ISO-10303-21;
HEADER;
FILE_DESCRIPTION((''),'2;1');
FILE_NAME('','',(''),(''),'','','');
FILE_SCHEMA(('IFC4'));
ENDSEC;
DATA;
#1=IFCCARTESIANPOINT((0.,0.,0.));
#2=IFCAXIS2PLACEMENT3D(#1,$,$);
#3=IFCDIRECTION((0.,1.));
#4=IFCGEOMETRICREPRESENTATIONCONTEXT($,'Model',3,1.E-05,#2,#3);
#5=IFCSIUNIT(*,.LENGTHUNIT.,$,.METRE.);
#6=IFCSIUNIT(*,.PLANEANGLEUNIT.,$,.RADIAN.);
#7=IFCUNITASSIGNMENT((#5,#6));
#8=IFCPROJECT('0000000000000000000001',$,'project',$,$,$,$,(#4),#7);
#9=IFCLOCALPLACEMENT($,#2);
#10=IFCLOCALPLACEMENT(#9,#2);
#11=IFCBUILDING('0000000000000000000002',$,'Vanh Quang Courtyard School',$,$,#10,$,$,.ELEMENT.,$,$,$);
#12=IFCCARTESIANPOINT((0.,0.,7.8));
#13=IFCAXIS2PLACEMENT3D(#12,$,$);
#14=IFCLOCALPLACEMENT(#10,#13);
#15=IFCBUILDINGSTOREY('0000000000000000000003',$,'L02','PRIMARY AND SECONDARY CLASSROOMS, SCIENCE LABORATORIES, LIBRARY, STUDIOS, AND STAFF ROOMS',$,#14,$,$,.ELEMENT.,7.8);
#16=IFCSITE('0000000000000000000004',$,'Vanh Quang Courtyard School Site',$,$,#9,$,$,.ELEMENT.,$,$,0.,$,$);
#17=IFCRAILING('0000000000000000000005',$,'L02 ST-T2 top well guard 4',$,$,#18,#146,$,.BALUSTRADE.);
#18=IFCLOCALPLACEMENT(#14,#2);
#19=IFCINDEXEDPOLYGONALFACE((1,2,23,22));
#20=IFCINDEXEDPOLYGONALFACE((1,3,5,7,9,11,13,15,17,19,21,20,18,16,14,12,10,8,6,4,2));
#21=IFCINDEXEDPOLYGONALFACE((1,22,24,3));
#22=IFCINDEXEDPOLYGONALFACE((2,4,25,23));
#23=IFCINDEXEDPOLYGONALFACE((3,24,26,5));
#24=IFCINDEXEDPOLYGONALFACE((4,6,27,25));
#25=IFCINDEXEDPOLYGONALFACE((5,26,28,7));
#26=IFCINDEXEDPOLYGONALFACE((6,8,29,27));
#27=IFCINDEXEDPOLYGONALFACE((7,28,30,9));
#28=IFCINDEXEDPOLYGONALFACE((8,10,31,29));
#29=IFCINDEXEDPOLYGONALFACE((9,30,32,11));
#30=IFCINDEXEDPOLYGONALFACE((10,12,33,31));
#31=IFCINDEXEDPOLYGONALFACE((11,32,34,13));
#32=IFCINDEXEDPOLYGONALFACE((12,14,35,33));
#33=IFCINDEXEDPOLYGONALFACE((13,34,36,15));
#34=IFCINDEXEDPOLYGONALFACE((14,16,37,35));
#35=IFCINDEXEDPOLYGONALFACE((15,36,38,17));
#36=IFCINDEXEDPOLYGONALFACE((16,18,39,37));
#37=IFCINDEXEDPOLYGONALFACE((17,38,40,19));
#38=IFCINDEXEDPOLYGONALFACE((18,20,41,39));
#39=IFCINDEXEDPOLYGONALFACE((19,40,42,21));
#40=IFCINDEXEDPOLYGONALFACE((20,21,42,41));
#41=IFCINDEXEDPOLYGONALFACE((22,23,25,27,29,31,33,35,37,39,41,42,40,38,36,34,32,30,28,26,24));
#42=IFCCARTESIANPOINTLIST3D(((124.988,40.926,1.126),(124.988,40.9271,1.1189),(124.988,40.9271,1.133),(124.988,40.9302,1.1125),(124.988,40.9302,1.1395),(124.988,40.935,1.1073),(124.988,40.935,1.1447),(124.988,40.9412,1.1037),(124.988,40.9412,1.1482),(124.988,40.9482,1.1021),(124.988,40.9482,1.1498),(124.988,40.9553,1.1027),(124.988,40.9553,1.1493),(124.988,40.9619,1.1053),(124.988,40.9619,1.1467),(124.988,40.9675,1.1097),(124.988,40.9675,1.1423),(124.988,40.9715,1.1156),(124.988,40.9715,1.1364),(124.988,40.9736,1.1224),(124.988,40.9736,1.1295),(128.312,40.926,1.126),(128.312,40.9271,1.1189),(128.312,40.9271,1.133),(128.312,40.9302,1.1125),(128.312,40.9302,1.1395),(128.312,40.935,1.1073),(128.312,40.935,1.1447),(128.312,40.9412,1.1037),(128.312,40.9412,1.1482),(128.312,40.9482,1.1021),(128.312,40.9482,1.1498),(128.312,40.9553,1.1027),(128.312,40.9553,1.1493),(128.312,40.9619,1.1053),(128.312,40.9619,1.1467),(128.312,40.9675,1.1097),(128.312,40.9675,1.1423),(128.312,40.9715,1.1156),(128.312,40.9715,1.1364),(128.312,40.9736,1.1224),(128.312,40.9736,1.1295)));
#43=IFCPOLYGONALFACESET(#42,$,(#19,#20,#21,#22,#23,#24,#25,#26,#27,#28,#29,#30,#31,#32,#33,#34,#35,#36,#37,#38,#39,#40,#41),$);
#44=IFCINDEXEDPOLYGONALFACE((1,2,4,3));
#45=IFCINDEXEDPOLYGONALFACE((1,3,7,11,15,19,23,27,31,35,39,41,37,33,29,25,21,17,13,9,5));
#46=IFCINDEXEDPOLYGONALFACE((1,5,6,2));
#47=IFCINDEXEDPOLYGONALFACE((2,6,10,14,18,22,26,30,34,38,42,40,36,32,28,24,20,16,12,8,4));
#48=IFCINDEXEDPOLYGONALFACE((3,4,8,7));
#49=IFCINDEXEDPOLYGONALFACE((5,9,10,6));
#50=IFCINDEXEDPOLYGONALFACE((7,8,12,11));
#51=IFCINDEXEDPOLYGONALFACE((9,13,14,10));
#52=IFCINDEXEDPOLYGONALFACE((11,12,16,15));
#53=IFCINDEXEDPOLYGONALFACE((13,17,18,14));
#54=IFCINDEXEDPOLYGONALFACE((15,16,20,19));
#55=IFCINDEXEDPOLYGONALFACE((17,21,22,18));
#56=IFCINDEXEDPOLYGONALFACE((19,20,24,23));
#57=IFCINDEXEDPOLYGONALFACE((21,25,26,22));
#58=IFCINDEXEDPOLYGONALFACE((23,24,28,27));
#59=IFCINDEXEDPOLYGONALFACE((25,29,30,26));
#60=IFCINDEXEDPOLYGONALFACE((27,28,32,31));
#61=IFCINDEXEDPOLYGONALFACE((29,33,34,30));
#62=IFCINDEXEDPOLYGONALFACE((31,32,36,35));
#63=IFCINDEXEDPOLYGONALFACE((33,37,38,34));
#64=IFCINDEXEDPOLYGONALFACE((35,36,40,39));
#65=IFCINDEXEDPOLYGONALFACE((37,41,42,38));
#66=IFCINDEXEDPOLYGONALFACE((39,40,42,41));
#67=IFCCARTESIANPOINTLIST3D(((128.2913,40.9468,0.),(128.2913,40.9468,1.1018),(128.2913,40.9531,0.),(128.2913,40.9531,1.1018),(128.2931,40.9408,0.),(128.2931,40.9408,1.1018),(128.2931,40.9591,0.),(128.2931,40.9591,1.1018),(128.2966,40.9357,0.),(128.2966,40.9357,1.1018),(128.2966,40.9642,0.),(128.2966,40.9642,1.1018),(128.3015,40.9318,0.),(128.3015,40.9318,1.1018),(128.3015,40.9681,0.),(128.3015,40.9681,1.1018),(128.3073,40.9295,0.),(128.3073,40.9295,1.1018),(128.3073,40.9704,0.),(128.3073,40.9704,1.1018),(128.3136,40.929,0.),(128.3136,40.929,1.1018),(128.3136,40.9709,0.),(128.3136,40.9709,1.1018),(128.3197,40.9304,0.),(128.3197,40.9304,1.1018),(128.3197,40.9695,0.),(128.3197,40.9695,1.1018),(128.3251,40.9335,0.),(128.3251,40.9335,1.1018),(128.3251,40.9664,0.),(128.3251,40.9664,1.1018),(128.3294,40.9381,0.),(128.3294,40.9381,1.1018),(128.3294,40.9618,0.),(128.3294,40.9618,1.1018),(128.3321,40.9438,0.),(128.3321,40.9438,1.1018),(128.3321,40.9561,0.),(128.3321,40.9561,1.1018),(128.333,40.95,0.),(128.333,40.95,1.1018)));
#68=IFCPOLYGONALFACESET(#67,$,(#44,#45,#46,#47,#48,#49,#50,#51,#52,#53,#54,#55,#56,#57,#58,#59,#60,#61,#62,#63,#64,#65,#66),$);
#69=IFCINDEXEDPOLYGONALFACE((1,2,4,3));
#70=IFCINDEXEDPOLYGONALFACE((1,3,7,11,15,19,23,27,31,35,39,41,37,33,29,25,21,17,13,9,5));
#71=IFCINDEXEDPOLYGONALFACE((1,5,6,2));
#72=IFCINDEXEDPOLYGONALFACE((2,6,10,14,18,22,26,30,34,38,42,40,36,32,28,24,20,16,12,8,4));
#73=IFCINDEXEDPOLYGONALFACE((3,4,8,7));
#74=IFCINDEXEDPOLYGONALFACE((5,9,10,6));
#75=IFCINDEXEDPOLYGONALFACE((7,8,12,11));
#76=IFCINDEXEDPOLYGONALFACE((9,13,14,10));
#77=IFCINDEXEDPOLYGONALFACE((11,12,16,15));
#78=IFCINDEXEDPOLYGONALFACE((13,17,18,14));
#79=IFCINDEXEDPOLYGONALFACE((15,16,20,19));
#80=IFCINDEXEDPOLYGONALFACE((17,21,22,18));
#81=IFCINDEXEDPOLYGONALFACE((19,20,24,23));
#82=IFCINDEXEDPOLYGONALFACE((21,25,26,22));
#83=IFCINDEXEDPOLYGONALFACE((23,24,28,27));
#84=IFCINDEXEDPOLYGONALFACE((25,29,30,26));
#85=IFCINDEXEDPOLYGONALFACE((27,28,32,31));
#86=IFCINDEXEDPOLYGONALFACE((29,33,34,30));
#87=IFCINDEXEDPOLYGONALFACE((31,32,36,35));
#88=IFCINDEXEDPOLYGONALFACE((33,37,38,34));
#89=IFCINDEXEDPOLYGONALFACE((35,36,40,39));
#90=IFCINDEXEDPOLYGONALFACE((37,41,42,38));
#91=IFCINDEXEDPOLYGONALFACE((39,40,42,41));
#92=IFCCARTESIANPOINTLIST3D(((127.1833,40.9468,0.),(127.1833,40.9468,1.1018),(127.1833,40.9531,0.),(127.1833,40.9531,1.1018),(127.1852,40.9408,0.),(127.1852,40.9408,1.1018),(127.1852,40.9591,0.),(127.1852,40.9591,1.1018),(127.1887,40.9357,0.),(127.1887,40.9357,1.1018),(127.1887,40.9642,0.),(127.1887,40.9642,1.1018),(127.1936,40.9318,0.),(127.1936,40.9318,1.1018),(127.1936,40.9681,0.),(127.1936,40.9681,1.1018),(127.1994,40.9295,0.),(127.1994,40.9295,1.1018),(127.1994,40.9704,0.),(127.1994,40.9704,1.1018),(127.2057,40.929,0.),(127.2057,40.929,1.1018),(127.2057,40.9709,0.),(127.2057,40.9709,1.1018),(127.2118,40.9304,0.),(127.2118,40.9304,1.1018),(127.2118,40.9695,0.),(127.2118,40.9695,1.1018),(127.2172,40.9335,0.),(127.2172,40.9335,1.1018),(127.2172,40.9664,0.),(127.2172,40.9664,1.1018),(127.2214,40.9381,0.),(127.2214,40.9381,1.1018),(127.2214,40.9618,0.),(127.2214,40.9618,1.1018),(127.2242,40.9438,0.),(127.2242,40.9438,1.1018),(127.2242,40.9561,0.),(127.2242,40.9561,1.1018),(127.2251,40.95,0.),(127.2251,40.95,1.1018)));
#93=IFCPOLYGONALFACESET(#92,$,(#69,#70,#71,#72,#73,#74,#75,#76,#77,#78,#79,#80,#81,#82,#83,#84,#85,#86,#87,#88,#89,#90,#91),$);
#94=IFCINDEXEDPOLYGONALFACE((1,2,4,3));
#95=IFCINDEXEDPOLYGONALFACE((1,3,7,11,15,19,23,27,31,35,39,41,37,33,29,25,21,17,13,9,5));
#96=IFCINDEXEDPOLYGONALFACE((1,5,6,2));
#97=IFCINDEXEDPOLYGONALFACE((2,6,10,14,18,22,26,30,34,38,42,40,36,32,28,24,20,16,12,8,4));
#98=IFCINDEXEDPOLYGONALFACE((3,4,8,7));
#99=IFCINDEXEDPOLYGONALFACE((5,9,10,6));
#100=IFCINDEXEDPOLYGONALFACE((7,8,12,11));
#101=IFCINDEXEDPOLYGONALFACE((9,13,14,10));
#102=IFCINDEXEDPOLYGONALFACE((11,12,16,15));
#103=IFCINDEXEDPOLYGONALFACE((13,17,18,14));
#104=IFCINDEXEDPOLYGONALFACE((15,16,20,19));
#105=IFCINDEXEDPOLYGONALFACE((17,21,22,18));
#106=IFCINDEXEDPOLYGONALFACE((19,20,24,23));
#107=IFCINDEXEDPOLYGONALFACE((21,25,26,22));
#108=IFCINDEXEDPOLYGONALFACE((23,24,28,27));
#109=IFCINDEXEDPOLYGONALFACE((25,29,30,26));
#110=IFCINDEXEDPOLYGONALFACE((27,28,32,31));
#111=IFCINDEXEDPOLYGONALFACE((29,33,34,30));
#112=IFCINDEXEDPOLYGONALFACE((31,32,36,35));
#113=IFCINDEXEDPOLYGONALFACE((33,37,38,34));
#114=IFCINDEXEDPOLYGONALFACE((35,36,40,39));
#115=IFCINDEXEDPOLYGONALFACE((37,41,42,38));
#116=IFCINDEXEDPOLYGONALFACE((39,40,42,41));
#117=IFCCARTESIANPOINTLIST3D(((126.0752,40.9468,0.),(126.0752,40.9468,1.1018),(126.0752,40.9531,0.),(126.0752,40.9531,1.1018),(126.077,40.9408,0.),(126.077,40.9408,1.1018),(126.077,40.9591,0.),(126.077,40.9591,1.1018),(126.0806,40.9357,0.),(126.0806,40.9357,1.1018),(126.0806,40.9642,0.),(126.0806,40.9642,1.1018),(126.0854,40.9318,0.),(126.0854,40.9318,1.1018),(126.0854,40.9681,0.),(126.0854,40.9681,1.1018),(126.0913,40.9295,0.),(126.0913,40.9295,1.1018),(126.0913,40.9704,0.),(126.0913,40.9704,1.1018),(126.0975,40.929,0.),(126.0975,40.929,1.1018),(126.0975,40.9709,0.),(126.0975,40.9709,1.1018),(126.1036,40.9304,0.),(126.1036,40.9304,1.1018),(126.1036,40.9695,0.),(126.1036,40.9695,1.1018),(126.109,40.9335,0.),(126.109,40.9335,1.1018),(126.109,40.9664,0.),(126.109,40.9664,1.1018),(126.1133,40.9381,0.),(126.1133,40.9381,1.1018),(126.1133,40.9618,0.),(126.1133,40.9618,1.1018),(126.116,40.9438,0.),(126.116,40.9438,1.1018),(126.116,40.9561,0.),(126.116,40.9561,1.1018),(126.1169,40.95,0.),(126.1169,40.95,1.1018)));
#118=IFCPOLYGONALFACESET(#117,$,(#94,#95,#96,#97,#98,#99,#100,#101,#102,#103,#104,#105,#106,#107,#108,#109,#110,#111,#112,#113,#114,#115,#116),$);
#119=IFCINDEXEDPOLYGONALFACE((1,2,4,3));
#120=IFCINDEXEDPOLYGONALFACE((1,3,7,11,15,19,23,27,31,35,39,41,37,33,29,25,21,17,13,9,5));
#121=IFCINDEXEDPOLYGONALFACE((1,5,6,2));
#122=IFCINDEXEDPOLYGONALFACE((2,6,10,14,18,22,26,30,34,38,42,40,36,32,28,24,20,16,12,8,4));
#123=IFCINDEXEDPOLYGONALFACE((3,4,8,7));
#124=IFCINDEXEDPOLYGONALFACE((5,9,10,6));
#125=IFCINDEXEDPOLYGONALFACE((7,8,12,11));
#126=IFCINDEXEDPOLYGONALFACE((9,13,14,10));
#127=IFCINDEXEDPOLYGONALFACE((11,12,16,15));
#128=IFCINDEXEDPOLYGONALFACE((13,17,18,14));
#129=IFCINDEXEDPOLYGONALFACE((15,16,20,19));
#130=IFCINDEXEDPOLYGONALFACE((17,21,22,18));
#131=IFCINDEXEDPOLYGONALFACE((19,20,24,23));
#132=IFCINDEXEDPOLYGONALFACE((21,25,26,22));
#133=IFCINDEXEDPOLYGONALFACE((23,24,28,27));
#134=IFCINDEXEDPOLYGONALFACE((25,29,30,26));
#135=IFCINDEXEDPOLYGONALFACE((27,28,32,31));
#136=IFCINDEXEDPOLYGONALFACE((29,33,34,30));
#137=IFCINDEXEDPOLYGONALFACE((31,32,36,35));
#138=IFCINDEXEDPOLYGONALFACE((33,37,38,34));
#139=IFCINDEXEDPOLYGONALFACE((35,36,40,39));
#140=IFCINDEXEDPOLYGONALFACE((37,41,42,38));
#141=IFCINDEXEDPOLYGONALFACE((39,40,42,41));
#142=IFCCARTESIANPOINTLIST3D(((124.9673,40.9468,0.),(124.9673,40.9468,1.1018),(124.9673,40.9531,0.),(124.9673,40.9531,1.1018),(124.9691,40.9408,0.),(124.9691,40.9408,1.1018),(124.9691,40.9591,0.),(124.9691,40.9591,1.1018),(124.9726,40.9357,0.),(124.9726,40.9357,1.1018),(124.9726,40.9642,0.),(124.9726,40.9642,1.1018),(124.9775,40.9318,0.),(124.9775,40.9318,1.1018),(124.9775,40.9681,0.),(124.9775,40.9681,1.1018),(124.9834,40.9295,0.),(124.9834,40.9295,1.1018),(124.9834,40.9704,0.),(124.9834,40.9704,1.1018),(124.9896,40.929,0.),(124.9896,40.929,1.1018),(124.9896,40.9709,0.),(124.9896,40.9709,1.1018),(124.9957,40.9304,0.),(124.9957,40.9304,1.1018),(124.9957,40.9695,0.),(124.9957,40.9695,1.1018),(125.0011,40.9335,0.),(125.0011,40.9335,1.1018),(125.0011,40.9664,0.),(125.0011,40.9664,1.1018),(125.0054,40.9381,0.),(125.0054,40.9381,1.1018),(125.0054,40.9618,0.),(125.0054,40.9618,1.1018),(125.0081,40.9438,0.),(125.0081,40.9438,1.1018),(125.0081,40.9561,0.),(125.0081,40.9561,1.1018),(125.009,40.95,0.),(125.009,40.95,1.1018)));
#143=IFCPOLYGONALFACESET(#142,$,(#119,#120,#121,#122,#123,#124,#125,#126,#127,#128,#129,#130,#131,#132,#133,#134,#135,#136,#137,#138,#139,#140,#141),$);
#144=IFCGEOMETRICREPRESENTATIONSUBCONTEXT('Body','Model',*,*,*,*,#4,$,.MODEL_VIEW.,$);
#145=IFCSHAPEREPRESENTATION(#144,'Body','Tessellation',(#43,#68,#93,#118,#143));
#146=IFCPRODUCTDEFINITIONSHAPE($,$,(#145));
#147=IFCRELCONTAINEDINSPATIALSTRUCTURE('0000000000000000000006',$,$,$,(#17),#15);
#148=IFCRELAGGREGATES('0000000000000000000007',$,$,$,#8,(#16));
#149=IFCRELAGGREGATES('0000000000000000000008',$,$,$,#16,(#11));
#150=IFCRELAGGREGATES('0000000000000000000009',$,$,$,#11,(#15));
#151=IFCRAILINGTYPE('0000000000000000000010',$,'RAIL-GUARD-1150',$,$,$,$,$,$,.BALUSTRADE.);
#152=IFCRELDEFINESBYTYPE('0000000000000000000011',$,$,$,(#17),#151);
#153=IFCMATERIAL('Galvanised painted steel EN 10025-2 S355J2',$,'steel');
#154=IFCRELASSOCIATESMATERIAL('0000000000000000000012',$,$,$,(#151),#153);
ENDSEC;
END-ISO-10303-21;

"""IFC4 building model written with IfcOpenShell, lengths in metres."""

from ifc_helpers import new_model, si_unit, direction, frame, origin, origin_2d, place, context, subcontext, project, spatial, circle, extrude, material, type_object, element, save


model = new_model("IFC4")

# Units and contexts
model_context = context("Model", 3, precision=1e-05, world=origin(), true_north=direction((0.0, 1.0)))
body_context = subcontext(model_context, "Body", "Model", "MODEL_VIEW")
ifc_project = project(units=[si_unit("LENGTHUNIT", "METRE"), si_unit("PLANEANGLEUNIT", "RADIAN")], contexts=[model_context])

# Site, building, storey
site_placement = place(None, origin())
site = spatial("IfcSite", under=ifc_project, at=site_placement, Name="Vanh Quang Courtyard School Site", CompositionType="ELEMENT", RefElevation=0.0)
building_placement = place(site_placement, origin())
building = spatial("IfcBuilding", under=site, at=building_placement, Name="Vanh Quang Courtyard School", CompositionType="ELEMENT")
storey_placement = place(building_placement, frame((0.0, 0.0, 7.8)))
storey = spatial("IfcBuildingStorey", under=building, at=storey_placement, Name="L02", Description="PRIMARY AND SECONDARY CLASSROOMS, SCIENCE LABORATORIES, LIBRARY, STUDIOS, AND STAFF ROOMS", CompositionType="ELEMENT", Elevation=7.8)

# Railing
ifc_material_1 = material(Name="Galvanised painted steel EN 10025-2 S355J2", Category="steel")
railing_type = type_object("IfcRailingType", Name="RAIL-GUARD-1150", PredefinedType="BALUSTRADE", material=ifc_material_1)
railing_1_placement = place(storey_placement, frame((128.312, 40.95, 0.0)))
element("IfcRailing", 1, at=railing_1_placement, inside=storey, type_object=railing_type, Name="L02 ST-T2 top well guard 4", PredefinedType="BALUSTRADE", context=body_context, shape_type="SweptSolid", body=[
    extrude(circle(Radius=0.0239, at=origin_2d()), frame((0.0, 0.0, 1.126), z_axis=(-1.0, 0.0, 0.0), x_axis=(0.0, -1.0, 0.0)), (0.0, 0.0, 1.0), 3.324),
    extrude(circle(Radius=0.021, at=origin_2d()), origin(), (0.0, 0.0, 1.0), 1.1018),
    extrude(circle(Radius=0.021, at=origin_2d()), frame((-1.1079, 0.0, 0.0)), (0.0, 0.0, 1.0), 1.1018),
    extrude(circle(Radius=0.021, at=origin_2d()), frame((-2.2161, 0.0, 0.0)), (0.0, 0.0, 1.0), 1.1018),
    extrude(circle(Radius=0.021, at=origin_2d()), frame((-3.324, 0.0, 0.0)), (0.0, 0.0, 1.0), 1.1018),
])

save(model, "model.ifc")
